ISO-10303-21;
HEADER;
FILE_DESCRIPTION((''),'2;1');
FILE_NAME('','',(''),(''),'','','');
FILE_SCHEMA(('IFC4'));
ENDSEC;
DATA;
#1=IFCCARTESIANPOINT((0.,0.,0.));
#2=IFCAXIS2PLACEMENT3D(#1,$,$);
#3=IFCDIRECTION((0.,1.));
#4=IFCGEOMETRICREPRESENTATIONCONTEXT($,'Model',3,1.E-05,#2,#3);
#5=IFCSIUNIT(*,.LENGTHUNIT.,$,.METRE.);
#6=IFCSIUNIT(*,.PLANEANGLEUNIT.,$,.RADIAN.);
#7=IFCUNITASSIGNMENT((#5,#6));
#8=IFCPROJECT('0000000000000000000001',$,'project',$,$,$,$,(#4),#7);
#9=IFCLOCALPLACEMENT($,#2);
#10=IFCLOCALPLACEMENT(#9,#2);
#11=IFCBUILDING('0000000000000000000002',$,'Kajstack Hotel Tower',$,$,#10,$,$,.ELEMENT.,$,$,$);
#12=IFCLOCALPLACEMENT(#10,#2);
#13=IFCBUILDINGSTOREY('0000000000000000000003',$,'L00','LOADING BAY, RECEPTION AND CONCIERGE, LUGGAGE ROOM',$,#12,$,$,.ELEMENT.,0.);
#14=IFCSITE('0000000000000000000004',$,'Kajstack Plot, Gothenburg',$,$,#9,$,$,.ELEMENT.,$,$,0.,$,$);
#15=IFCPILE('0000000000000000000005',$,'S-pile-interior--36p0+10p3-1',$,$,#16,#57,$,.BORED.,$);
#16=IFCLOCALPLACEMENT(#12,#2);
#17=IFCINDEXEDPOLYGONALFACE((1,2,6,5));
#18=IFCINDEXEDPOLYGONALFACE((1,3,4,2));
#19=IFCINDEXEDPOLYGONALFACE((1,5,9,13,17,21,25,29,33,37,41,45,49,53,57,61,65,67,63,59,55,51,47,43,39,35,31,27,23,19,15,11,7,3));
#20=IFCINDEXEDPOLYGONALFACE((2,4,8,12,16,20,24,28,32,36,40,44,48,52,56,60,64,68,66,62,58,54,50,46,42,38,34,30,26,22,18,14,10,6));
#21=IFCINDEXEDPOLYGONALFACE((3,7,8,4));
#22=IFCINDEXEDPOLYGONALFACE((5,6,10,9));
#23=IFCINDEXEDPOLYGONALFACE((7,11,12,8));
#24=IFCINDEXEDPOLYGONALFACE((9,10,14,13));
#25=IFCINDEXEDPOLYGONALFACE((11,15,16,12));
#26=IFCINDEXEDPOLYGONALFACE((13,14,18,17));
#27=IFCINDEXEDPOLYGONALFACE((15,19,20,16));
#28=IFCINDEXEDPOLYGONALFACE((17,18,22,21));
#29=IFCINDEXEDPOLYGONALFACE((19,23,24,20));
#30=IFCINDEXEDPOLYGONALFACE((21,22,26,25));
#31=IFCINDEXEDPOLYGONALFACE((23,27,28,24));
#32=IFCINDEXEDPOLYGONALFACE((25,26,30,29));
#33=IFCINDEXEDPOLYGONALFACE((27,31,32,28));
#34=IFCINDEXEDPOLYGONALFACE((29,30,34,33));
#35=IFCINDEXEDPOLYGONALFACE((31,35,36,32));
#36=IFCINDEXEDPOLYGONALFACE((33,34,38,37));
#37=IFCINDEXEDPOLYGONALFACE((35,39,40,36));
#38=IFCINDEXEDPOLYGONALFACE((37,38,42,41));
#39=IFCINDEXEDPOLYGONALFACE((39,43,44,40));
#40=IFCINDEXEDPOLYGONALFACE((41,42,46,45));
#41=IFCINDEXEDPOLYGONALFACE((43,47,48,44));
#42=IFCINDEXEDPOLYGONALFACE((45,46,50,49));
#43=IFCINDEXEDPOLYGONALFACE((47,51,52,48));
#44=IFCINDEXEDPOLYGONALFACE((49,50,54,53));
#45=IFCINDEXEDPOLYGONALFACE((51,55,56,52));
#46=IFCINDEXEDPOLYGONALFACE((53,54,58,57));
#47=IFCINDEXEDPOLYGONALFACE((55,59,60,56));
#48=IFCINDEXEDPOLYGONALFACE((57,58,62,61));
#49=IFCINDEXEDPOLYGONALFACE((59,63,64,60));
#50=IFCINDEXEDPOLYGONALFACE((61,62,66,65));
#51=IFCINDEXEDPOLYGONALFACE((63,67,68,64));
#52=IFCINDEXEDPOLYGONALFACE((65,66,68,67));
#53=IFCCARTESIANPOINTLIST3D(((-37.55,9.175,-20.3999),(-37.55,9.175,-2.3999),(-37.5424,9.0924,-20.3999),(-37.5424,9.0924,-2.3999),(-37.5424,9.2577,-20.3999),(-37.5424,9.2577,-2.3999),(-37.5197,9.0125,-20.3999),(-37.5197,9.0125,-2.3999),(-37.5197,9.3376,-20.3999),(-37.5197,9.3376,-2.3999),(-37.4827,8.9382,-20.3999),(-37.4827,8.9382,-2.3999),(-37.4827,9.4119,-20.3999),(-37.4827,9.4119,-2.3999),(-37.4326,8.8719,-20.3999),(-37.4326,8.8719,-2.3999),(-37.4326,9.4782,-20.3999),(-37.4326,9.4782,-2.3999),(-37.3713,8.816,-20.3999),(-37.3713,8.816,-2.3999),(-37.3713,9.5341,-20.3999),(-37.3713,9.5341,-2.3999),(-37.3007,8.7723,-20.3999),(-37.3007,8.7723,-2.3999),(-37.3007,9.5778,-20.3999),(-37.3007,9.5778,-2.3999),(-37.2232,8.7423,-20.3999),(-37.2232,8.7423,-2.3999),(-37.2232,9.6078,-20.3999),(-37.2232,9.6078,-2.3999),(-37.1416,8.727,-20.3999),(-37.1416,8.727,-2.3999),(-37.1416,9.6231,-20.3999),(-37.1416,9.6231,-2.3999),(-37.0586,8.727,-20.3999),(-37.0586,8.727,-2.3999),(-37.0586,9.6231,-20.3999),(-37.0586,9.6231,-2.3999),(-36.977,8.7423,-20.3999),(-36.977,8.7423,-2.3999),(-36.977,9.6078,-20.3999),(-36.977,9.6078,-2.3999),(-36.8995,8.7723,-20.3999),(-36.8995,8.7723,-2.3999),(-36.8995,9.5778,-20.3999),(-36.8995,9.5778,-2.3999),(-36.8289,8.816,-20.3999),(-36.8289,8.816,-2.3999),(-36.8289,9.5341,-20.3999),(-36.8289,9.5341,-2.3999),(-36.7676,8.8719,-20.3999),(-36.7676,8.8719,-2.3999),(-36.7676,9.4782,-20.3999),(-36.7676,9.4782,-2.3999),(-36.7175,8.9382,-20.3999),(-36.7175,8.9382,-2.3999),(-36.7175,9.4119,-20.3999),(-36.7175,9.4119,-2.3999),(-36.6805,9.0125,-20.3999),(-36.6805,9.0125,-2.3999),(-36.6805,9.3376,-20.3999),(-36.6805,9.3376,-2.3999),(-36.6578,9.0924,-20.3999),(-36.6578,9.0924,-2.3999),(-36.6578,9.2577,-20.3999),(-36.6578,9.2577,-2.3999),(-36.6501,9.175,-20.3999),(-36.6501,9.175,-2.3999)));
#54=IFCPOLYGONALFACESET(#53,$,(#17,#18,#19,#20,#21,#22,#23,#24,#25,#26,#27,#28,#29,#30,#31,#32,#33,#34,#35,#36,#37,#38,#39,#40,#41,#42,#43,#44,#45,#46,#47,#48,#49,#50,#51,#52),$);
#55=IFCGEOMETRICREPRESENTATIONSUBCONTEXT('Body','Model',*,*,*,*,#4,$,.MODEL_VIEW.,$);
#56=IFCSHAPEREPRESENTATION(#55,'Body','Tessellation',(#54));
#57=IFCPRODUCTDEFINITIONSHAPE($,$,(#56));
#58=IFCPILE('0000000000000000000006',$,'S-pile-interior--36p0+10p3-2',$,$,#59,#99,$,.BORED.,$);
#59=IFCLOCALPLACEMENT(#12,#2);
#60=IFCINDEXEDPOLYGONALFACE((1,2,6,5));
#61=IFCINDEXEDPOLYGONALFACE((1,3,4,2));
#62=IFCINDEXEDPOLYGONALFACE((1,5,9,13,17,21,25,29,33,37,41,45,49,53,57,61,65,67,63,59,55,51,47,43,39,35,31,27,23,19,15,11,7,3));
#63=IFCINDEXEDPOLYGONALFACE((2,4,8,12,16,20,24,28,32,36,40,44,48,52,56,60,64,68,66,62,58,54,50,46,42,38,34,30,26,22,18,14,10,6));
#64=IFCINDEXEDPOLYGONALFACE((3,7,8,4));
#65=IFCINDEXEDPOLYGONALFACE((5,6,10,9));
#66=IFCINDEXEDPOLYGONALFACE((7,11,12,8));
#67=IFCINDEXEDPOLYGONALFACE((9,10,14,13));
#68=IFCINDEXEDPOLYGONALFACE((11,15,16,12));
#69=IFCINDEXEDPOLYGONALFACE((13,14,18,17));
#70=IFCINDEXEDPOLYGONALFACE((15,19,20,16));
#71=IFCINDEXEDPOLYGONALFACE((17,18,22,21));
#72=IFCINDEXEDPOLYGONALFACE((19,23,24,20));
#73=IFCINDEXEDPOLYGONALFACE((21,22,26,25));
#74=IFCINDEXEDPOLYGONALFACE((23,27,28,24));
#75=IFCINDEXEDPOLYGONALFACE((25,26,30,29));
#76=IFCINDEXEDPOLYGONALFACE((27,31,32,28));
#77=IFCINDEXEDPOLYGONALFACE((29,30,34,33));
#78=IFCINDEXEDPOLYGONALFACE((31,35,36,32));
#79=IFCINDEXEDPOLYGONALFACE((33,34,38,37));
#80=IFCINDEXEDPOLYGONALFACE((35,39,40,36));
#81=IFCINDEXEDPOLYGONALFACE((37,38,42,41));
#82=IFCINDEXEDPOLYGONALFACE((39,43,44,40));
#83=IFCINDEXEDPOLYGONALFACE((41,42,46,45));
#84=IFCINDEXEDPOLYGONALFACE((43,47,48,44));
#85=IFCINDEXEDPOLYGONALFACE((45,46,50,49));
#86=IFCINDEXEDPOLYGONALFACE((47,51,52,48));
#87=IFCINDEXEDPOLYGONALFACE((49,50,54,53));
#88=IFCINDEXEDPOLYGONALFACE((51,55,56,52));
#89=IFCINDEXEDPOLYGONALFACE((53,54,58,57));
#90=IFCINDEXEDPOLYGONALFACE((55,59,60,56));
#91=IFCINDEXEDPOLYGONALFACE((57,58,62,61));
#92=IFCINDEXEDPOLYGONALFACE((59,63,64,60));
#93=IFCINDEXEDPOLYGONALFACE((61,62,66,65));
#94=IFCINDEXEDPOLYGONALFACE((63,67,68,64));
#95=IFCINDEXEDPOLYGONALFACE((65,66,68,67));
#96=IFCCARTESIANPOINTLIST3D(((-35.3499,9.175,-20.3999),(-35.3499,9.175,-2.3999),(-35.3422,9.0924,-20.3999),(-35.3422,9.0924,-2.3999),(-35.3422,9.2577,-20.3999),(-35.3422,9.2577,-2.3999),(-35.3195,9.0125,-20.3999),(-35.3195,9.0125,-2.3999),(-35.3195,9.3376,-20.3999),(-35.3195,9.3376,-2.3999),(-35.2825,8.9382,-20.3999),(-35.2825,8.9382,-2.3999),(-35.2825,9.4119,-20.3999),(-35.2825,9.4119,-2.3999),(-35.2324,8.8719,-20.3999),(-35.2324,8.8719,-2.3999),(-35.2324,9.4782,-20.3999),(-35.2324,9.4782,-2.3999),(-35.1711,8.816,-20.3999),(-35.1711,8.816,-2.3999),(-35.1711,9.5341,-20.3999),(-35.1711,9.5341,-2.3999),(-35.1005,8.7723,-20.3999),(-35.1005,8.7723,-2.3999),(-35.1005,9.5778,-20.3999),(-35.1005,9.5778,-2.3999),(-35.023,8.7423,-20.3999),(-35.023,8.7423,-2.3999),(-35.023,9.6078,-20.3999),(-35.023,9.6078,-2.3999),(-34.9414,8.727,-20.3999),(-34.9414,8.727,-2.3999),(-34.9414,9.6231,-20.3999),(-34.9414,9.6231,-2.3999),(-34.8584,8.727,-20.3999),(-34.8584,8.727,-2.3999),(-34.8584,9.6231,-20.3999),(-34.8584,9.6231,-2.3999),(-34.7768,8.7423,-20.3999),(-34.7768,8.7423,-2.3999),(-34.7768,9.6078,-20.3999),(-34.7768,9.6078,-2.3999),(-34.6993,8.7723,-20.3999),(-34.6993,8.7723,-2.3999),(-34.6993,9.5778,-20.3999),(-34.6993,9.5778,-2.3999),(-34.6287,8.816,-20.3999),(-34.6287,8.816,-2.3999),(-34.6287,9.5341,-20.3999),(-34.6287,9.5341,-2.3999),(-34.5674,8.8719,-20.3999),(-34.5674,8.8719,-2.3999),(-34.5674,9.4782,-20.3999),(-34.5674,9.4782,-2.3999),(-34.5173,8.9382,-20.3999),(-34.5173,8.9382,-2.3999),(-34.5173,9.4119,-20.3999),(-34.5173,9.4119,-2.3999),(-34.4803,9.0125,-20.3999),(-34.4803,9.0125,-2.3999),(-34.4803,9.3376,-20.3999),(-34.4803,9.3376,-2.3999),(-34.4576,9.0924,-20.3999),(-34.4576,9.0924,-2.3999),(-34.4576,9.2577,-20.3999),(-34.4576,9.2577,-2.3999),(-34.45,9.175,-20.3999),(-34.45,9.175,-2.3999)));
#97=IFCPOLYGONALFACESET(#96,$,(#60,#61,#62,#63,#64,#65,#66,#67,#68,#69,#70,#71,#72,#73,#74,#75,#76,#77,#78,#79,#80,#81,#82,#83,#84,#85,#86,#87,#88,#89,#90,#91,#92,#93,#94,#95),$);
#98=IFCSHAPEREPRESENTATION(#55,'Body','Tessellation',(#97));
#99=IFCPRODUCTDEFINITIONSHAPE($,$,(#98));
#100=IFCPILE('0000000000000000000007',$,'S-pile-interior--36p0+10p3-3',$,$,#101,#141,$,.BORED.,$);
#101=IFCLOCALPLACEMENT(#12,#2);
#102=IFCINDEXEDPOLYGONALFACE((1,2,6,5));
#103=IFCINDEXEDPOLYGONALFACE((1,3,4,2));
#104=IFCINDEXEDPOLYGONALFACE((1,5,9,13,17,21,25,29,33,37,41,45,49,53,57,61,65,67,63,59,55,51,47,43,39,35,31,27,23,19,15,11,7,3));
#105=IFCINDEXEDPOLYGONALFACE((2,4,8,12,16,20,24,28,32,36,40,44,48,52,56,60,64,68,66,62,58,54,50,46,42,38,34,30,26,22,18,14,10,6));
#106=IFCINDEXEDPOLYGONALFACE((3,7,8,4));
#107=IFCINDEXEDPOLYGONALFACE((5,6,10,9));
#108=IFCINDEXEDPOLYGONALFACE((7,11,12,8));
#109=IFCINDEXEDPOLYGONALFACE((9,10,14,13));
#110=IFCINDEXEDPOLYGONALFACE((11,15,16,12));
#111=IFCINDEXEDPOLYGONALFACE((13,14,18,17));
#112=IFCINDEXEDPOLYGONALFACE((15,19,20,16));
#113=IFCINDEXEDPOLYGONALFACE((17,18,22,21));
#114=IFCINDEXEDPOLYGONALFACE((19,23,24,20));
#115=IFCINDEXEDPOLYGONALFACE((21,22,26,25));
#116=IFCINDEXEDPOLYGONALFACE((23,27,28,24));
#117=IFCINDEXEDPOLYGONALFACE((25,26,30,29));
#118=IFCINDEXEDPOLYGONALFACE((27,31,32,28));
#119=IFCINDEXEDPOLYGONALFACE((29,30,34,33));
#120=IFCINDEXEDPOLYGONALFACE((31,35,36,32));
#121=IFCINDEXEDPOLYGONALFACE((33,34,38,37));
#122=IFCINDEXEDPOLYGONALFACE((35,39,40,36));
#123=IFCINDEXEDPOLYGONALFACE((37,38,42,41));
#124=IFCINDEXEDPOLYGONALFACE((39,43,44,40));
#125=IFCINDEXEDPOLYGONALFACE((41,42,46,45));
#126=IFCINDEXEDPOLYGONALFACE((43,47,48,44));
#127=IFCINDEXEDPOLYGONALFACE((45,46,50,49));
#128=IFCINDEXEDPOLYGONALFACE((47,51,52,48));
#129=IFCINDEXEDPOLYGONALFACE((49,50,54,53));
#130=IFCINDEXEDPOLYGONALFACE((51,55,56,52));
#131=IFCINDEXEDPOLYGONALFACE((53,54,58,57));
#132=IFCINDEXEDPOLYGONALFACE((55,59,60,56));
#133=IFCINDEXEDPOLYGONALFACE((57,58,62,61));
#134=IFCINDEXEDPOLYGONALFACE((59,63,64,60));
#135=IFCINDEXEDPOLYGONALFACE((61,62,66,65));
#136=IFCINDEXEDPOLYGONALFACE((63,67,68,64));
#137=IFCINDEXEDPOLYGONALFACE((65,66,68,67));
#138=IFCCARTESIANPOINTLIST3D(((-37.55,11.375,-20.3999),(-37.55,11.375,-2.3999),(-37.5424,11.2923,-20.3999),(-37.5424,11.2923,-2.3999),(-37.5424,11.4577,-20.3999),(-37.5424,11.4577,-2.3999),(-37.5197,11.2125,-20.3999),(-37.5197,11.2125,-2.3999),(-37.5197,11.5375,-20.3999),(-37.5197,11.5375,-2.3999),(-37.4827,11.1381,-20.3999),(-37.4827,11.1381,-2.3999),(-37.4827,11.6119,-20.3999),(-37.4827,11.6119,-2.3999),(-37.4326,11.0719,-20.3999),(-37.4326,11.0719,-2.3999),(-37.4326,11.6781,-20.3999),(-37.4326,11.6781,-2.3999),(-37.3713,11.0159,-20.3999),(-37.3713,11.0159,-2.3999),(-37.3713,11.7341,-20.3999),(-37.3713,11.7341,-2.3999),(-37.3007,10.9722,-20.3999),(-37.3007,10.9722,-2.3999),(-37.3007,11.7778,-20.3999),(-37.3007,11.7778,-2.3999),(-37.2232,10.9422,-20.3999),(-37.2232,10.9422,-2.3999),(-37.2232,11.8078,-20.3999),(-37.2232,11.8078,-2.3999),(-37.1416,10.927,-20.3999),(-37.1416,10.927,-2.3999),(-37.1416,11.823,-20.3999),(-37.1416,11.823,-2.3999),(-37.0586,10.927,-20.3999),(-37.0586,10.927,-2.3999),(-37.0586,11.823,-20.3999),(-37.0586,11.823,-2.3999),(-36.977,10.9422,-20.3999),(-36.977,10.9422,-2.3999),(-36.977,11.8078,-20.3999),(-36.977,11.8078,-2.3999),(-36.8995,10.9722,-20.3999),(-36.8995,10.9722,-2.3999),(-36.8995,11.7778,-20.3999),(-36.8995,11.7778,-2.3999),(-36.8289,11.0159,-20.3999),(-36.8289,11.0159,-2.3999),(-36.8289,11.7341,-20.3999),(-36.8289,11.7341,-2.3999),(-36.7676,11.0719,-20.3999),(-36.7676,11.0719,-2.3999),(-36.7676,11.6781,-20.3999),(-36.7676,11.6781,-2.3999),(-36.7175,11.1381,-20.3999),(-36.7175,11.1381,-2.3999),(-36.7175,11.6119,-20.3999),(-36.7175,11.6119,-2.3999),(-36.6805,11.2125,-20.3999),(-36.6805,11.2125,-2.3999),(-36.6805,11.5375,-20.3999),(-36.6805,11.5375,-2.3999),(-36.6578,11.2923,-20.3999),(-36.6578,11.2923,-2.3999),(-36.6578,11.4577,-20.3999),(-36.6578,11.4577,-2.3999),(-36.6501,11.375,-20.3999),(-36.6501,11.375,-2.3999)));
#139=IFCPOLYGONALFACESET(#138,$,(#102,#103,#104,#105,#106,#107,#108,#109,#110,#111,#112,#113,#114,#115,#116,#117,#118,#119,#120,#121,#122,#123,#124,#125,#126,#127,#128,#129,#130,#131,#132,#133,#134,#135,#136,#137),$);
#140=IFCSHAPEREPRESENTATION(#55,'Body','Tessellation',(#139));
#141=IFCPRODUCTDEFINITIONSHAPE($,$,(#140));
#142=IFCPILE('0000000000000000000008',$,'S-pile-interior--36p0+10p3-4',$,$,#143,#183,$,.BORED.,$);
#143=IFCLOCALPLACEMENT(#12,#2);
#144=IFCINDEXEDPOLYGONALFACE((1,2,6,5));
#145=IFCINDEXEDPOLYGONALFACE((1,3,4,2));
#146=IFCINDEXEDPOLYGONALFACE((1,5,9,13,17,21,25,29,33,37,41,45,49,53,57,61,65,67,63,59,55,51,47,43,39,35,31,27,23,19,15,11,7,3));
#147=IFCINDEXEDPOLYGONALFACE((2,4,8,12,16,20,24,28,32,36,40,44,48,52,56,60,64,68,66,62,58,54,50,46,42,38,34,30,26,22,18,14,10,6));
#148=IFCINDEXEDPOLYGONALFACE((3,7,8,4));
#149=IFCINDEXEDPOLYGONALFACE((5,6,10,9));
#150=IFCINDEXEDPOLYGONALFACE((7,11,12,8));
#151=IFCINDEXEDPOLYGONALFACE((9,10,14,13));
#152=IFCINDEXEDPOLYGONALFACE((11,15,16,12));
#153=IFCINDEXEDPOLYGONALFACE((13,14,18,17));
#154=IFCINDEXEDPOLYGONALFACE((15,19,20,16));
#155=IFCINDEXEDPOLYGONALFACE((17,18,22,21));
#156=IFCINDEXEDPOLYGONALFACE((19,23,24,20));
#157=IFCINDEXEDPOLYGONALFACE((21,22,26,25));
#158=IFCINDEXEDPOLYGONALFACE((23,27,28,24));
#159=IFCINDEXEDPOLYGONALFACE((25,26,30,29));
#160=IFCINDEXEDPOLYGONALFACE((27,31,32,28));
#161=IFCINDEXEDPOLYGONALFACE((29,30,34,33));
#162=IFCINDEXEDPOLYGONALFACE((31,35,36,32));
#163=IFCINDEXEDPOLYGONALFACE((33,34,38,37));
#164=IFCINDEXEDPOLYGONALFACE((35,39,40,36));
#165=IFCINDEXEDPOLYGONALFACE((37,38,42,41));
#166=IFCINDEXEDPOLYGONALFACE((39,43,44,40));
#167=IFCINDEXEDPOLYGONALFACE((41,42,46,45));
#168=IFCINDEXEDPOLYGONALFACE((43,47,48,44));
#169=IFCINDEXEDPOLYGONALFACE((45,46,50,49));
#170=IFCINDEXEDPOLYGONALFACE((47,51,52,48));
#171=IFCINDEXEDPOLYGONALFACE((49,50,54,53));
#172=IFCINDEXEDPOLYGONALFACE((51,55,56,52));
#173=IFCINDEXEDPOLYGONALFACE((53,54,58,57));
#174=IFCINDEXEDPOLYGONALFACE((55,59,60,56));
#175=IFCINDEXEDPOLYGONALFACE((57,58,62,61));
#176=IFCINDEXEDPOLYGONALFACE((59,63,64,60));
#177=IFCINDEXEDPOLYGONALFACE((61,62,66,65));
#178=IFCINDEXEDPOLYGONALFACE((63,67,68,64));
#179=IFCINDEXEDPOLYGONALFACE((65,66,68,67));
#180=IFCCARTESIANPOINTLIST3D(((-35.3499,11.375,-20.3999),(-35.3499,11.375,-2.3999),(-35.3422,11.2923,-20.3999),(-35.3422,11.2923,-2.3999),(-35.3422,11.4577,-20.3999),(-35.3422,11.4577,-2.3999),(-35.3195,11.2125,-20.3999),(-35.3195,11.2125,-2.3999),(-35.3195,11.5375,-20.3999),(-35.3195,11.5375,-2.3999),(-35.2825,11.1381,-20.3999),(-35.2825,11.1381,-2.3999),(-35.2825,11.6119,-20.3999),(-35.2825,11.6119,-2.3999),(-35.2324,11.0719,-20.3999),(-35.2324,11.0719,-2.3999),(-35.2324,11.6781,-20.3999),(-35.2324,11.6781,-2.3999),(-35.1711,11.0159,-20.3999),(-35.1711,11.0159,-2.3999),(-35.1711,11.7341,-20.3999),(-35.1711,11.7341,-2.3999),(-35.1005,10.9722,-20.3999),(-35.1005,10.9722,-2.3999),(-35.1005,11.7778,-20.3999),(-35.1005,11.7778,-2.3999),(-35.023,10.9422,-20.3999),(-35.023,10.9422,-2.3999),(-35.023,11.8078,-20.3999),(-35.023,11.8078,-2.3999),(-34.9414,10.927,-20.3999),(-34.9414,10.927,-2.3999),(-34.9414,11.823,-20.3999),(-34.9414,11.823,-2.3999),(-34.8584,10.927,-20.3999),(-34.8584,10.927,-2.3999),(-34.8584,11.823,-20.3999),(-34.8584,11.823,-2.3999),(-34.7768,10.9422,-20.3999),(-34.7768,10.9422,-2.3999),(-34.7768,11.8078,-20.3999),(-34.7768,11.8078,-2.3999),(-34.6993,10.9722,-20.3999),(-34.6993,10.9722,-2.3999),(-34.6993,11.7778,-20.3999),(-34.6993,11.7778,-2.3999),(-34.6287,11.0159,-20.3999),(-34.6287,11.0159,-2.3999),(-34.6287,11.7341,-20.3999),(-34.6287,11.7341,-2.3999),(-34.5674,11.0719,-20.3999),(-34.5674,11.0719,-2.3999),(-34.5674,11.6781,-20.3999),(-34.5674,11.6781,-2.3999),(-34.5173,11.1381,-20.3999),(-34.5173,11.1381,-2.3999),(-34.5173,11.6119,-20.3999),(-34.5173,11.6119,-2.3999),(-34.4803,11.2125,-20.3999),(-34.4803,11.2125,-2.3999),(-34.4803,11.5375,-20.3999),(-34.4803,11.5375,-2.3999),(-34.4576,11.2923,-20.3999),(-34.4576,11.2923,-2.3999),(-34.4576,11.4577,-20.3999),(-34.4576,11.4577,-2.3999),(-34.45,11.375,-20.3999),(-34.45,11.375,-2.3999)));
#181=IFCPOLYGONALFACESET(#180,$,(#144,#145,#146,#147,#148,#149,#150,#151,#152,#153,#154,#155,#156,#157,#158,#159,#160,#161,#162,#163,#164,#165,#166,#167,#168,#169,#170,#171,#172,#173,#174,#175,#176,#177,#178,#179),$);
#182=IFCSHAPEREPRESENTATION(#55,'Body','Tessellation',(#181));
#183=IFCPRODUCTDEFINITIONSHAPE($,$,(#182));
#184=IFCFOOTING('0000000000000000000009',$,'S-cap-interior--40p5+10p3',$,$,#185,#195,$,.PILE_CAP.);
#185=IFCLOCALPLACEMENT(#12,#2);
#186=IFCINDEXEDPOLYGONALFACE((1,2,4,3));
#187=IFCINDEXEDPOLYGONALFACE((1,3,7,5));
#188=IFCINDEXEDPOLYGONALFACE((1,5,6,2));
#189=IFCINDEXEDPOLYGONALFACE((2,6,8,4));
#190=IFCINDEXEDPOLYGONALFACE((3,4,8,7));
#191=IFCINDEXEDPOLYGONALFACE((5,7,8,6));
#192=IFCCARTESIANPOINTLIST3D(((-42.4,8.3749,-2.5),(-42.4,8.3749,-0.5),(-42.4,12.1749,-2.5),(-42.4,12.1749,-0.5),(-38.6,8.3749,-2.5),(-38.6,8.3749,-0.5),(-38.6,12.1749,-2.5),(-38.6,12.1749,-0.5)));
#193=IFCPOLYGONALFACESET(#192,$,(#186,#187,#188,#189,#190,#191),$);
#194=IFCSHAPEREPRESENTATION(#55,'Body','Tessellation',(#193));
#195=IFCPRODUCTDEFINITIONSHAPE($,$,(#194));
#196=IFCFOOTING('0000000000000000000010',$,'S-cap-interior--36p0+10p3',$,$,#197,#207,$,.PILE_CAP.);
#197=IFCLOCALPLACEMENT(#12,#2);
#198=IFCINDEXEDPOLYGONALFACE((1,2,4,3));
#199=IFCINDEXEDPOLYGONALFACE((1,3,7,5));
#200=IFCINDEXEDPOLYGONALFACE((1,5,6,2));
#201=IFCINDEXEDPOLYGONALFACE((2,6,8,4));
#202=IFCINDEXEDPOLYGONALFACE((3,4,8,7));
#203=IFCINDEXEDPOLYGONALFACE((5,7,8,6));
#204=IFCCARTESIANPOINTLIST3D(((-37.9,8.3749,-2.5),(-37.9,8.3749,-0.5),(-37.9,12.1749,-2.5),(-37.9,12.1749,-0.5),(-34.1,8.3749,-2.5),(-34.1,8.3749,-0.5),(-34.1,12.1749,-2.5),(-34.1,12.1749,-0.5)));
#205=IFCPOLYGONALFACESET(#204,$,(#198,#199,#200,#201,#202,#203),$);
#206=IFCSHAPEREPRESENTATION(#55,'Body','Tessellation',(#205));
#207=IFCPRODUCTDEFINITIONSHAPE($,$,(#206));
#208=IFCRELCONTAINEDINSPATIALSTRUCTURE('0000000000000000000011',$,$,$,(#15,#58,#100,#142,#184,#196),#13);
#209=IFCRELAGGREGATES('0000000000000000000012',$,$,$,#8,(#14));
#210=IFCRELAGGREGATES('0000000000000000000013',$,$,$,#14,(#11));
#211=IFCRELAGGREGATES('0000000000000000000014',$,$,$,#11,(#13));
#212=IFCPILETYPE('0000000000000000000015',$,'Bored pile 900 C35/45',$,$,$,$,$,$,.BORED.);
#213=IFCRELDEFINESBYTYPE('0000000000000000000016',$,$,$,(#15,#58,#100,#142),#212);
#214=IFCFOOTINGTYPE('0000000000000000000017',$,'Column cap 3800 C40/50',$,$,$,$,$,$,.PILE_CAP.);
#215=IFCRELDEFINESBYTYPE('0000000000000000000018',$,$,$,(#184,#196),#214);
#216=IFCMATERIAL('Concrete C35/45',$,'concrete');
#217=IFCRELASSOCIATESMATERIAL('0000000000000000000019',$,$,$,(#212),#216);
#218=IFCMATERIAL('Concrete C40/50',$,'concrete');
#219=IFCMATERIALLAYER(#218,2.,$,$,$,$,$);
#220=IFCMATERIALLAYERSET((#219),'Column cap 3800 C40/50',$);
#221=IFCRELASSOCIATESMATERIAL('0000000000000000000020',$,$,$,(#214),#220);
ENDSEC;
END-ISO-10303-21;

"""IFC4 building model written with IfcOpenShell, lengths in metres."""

from ifc_helpers import new_model, si_unit, direction, frame, origin, origin_2d, place, context, subcontext, project, spatial, rectangle, circle, extrude, material, layer, layer_set, material_profile, profile_set, type_object, element, save


model = new_model("IFC4")

# Units and contexts
model_context = context("Model", 3, precision=1e-05, world=origin(), true_north=direction((0.0, 1.0)))
body_context = subcontext(model_context, "Body", "Model", "MODEL_VIEW")
ifc_project = project(units=[si_unit("LENGTHUNIT", "METRE"), si_unit("PLANEANGLEUNIT", "RADIAN")], contexts=[model_context])

# Site, building, storey
site_placement = place(None, origin())
site = spatial("IfcSite", under=ifc_project, at=site_placement, Name="Kajstack Plot, Gothenburg", CompositionType="ELEMENT", RefElevation=0.0)
building_placement = place(site_placement, origin())
building = spatial("IfcBuilding", under=site, at=building_placement, Name="Kajstack Hotel Tower", CompositionType="ELEMENT")
storey_placement = place(building_placement, origin())
storey = spatial("IfcBuildingStorey", under=building, at=storey_placement, Name="L00", Description="LOADING BAY, RECEPTION AND CONCIERGE, LUGGAGE ROOM", CompositionType="ELEMENT", Elevation=0.0)

# Piles
ifc_material_1 = material(Name="Concrete C35/45", Category="concrete")
ifc_material_profile_1 = material_profile(ifc_material_1, circle(Radius=0.45, at=origin_2d()), Name="RC round 900")
ifc_profile_set_1 = profile_set([ifc_material_profile_1], Name="Concrete C35/45")
pile_type_1 = type_object("IfcPileType", Name="Bored pile 900 C35/45", PredefinedType="BORED", material=ifc_profile_set_1)
for number, where, z_axis, x_axis, name in (
    (1, (-37.1001, 9.175, -2.3999), (0.0, 0.0, -1.0), (1.0, 0.0, 0.0), "S-pile-interior--36p0+10p3-1"),
    (2, (-34.8999, 9.175, -2.3999), (0.0, 0.0, -1.0), (1.0, 0.0, 0.0), "S-pile-interior--36p0+10p3-2"),
    (3, (-37.1001, 11.375, -2.3999), (0.0, 0.0, -1.0), (1.0, 0.0, 0.0), "S-pile-interior--36p0+10p3-3"),
    (4, (-34.8999, 11.375, -2.3999), (0.0, 0.0, -1.0), (1.0, 0.0, 0.0), "S-pile-interior--36p0+10p3-4"),
):
    element("IfcPile", number, at=place(storey_placement, frame(where, z_axis=z_axis, x_axis=x_axis)), inside=storey, type_object=pile_type_1, Name=name, PredefinedType="BORED", context=body_context, shape_type="SweptSolid", body=[
        extrude(circle(Radius=0.45, at=origin_2d()), origin(), (0.0, 0.0, 1.0), 18.0),
    ])

# Footings
ifc_material_2 = material(Name="Concrete C40/50", Category="concrete")
ifc_layer_1 = layer(ifc_material_2, 2.0)
ifc_layer_set_1 = layer_set([ifc_layer_1], Name="Column cap 3800 C40/50")
footing_type_1 = type_object("IfcFootingType", Name="Column cap 3800 C40/50", PredefinedType="PILE_CAP", material=ifc_layer_set_1)
for number, where, z_axis, x_axis, name in (
    (5, (-40.5, 10.2749, -2.5), (0.0, 0.0, 1.0), (1.0, 0.0, 0.0), "S-cap-interior--40p5+10p3"),
    (6, (-36.0, 10.2749, -2.5), (0.0, 0.0, 1.0), (1.0, 0.0, 0.0), "S-cap-interior--36p0+10p3"),
):
    element("IfcFooting", number, at=place(storey_placement, frame(where, z_axis=z_axis, x_axis=x_axis)), inside=storey, type_object=footing_type_1, Name=name, PredefinedType="PILE_CAP", context=body_context, shape_type="SweptSolid", body=[
        extrude(rectangle(XDim=3.8, YDim=3.8, at=origin_2d()), origin(), (0.0, 0.0, 1.0), 2.0),
    ])

save(model, "model.ifc")
